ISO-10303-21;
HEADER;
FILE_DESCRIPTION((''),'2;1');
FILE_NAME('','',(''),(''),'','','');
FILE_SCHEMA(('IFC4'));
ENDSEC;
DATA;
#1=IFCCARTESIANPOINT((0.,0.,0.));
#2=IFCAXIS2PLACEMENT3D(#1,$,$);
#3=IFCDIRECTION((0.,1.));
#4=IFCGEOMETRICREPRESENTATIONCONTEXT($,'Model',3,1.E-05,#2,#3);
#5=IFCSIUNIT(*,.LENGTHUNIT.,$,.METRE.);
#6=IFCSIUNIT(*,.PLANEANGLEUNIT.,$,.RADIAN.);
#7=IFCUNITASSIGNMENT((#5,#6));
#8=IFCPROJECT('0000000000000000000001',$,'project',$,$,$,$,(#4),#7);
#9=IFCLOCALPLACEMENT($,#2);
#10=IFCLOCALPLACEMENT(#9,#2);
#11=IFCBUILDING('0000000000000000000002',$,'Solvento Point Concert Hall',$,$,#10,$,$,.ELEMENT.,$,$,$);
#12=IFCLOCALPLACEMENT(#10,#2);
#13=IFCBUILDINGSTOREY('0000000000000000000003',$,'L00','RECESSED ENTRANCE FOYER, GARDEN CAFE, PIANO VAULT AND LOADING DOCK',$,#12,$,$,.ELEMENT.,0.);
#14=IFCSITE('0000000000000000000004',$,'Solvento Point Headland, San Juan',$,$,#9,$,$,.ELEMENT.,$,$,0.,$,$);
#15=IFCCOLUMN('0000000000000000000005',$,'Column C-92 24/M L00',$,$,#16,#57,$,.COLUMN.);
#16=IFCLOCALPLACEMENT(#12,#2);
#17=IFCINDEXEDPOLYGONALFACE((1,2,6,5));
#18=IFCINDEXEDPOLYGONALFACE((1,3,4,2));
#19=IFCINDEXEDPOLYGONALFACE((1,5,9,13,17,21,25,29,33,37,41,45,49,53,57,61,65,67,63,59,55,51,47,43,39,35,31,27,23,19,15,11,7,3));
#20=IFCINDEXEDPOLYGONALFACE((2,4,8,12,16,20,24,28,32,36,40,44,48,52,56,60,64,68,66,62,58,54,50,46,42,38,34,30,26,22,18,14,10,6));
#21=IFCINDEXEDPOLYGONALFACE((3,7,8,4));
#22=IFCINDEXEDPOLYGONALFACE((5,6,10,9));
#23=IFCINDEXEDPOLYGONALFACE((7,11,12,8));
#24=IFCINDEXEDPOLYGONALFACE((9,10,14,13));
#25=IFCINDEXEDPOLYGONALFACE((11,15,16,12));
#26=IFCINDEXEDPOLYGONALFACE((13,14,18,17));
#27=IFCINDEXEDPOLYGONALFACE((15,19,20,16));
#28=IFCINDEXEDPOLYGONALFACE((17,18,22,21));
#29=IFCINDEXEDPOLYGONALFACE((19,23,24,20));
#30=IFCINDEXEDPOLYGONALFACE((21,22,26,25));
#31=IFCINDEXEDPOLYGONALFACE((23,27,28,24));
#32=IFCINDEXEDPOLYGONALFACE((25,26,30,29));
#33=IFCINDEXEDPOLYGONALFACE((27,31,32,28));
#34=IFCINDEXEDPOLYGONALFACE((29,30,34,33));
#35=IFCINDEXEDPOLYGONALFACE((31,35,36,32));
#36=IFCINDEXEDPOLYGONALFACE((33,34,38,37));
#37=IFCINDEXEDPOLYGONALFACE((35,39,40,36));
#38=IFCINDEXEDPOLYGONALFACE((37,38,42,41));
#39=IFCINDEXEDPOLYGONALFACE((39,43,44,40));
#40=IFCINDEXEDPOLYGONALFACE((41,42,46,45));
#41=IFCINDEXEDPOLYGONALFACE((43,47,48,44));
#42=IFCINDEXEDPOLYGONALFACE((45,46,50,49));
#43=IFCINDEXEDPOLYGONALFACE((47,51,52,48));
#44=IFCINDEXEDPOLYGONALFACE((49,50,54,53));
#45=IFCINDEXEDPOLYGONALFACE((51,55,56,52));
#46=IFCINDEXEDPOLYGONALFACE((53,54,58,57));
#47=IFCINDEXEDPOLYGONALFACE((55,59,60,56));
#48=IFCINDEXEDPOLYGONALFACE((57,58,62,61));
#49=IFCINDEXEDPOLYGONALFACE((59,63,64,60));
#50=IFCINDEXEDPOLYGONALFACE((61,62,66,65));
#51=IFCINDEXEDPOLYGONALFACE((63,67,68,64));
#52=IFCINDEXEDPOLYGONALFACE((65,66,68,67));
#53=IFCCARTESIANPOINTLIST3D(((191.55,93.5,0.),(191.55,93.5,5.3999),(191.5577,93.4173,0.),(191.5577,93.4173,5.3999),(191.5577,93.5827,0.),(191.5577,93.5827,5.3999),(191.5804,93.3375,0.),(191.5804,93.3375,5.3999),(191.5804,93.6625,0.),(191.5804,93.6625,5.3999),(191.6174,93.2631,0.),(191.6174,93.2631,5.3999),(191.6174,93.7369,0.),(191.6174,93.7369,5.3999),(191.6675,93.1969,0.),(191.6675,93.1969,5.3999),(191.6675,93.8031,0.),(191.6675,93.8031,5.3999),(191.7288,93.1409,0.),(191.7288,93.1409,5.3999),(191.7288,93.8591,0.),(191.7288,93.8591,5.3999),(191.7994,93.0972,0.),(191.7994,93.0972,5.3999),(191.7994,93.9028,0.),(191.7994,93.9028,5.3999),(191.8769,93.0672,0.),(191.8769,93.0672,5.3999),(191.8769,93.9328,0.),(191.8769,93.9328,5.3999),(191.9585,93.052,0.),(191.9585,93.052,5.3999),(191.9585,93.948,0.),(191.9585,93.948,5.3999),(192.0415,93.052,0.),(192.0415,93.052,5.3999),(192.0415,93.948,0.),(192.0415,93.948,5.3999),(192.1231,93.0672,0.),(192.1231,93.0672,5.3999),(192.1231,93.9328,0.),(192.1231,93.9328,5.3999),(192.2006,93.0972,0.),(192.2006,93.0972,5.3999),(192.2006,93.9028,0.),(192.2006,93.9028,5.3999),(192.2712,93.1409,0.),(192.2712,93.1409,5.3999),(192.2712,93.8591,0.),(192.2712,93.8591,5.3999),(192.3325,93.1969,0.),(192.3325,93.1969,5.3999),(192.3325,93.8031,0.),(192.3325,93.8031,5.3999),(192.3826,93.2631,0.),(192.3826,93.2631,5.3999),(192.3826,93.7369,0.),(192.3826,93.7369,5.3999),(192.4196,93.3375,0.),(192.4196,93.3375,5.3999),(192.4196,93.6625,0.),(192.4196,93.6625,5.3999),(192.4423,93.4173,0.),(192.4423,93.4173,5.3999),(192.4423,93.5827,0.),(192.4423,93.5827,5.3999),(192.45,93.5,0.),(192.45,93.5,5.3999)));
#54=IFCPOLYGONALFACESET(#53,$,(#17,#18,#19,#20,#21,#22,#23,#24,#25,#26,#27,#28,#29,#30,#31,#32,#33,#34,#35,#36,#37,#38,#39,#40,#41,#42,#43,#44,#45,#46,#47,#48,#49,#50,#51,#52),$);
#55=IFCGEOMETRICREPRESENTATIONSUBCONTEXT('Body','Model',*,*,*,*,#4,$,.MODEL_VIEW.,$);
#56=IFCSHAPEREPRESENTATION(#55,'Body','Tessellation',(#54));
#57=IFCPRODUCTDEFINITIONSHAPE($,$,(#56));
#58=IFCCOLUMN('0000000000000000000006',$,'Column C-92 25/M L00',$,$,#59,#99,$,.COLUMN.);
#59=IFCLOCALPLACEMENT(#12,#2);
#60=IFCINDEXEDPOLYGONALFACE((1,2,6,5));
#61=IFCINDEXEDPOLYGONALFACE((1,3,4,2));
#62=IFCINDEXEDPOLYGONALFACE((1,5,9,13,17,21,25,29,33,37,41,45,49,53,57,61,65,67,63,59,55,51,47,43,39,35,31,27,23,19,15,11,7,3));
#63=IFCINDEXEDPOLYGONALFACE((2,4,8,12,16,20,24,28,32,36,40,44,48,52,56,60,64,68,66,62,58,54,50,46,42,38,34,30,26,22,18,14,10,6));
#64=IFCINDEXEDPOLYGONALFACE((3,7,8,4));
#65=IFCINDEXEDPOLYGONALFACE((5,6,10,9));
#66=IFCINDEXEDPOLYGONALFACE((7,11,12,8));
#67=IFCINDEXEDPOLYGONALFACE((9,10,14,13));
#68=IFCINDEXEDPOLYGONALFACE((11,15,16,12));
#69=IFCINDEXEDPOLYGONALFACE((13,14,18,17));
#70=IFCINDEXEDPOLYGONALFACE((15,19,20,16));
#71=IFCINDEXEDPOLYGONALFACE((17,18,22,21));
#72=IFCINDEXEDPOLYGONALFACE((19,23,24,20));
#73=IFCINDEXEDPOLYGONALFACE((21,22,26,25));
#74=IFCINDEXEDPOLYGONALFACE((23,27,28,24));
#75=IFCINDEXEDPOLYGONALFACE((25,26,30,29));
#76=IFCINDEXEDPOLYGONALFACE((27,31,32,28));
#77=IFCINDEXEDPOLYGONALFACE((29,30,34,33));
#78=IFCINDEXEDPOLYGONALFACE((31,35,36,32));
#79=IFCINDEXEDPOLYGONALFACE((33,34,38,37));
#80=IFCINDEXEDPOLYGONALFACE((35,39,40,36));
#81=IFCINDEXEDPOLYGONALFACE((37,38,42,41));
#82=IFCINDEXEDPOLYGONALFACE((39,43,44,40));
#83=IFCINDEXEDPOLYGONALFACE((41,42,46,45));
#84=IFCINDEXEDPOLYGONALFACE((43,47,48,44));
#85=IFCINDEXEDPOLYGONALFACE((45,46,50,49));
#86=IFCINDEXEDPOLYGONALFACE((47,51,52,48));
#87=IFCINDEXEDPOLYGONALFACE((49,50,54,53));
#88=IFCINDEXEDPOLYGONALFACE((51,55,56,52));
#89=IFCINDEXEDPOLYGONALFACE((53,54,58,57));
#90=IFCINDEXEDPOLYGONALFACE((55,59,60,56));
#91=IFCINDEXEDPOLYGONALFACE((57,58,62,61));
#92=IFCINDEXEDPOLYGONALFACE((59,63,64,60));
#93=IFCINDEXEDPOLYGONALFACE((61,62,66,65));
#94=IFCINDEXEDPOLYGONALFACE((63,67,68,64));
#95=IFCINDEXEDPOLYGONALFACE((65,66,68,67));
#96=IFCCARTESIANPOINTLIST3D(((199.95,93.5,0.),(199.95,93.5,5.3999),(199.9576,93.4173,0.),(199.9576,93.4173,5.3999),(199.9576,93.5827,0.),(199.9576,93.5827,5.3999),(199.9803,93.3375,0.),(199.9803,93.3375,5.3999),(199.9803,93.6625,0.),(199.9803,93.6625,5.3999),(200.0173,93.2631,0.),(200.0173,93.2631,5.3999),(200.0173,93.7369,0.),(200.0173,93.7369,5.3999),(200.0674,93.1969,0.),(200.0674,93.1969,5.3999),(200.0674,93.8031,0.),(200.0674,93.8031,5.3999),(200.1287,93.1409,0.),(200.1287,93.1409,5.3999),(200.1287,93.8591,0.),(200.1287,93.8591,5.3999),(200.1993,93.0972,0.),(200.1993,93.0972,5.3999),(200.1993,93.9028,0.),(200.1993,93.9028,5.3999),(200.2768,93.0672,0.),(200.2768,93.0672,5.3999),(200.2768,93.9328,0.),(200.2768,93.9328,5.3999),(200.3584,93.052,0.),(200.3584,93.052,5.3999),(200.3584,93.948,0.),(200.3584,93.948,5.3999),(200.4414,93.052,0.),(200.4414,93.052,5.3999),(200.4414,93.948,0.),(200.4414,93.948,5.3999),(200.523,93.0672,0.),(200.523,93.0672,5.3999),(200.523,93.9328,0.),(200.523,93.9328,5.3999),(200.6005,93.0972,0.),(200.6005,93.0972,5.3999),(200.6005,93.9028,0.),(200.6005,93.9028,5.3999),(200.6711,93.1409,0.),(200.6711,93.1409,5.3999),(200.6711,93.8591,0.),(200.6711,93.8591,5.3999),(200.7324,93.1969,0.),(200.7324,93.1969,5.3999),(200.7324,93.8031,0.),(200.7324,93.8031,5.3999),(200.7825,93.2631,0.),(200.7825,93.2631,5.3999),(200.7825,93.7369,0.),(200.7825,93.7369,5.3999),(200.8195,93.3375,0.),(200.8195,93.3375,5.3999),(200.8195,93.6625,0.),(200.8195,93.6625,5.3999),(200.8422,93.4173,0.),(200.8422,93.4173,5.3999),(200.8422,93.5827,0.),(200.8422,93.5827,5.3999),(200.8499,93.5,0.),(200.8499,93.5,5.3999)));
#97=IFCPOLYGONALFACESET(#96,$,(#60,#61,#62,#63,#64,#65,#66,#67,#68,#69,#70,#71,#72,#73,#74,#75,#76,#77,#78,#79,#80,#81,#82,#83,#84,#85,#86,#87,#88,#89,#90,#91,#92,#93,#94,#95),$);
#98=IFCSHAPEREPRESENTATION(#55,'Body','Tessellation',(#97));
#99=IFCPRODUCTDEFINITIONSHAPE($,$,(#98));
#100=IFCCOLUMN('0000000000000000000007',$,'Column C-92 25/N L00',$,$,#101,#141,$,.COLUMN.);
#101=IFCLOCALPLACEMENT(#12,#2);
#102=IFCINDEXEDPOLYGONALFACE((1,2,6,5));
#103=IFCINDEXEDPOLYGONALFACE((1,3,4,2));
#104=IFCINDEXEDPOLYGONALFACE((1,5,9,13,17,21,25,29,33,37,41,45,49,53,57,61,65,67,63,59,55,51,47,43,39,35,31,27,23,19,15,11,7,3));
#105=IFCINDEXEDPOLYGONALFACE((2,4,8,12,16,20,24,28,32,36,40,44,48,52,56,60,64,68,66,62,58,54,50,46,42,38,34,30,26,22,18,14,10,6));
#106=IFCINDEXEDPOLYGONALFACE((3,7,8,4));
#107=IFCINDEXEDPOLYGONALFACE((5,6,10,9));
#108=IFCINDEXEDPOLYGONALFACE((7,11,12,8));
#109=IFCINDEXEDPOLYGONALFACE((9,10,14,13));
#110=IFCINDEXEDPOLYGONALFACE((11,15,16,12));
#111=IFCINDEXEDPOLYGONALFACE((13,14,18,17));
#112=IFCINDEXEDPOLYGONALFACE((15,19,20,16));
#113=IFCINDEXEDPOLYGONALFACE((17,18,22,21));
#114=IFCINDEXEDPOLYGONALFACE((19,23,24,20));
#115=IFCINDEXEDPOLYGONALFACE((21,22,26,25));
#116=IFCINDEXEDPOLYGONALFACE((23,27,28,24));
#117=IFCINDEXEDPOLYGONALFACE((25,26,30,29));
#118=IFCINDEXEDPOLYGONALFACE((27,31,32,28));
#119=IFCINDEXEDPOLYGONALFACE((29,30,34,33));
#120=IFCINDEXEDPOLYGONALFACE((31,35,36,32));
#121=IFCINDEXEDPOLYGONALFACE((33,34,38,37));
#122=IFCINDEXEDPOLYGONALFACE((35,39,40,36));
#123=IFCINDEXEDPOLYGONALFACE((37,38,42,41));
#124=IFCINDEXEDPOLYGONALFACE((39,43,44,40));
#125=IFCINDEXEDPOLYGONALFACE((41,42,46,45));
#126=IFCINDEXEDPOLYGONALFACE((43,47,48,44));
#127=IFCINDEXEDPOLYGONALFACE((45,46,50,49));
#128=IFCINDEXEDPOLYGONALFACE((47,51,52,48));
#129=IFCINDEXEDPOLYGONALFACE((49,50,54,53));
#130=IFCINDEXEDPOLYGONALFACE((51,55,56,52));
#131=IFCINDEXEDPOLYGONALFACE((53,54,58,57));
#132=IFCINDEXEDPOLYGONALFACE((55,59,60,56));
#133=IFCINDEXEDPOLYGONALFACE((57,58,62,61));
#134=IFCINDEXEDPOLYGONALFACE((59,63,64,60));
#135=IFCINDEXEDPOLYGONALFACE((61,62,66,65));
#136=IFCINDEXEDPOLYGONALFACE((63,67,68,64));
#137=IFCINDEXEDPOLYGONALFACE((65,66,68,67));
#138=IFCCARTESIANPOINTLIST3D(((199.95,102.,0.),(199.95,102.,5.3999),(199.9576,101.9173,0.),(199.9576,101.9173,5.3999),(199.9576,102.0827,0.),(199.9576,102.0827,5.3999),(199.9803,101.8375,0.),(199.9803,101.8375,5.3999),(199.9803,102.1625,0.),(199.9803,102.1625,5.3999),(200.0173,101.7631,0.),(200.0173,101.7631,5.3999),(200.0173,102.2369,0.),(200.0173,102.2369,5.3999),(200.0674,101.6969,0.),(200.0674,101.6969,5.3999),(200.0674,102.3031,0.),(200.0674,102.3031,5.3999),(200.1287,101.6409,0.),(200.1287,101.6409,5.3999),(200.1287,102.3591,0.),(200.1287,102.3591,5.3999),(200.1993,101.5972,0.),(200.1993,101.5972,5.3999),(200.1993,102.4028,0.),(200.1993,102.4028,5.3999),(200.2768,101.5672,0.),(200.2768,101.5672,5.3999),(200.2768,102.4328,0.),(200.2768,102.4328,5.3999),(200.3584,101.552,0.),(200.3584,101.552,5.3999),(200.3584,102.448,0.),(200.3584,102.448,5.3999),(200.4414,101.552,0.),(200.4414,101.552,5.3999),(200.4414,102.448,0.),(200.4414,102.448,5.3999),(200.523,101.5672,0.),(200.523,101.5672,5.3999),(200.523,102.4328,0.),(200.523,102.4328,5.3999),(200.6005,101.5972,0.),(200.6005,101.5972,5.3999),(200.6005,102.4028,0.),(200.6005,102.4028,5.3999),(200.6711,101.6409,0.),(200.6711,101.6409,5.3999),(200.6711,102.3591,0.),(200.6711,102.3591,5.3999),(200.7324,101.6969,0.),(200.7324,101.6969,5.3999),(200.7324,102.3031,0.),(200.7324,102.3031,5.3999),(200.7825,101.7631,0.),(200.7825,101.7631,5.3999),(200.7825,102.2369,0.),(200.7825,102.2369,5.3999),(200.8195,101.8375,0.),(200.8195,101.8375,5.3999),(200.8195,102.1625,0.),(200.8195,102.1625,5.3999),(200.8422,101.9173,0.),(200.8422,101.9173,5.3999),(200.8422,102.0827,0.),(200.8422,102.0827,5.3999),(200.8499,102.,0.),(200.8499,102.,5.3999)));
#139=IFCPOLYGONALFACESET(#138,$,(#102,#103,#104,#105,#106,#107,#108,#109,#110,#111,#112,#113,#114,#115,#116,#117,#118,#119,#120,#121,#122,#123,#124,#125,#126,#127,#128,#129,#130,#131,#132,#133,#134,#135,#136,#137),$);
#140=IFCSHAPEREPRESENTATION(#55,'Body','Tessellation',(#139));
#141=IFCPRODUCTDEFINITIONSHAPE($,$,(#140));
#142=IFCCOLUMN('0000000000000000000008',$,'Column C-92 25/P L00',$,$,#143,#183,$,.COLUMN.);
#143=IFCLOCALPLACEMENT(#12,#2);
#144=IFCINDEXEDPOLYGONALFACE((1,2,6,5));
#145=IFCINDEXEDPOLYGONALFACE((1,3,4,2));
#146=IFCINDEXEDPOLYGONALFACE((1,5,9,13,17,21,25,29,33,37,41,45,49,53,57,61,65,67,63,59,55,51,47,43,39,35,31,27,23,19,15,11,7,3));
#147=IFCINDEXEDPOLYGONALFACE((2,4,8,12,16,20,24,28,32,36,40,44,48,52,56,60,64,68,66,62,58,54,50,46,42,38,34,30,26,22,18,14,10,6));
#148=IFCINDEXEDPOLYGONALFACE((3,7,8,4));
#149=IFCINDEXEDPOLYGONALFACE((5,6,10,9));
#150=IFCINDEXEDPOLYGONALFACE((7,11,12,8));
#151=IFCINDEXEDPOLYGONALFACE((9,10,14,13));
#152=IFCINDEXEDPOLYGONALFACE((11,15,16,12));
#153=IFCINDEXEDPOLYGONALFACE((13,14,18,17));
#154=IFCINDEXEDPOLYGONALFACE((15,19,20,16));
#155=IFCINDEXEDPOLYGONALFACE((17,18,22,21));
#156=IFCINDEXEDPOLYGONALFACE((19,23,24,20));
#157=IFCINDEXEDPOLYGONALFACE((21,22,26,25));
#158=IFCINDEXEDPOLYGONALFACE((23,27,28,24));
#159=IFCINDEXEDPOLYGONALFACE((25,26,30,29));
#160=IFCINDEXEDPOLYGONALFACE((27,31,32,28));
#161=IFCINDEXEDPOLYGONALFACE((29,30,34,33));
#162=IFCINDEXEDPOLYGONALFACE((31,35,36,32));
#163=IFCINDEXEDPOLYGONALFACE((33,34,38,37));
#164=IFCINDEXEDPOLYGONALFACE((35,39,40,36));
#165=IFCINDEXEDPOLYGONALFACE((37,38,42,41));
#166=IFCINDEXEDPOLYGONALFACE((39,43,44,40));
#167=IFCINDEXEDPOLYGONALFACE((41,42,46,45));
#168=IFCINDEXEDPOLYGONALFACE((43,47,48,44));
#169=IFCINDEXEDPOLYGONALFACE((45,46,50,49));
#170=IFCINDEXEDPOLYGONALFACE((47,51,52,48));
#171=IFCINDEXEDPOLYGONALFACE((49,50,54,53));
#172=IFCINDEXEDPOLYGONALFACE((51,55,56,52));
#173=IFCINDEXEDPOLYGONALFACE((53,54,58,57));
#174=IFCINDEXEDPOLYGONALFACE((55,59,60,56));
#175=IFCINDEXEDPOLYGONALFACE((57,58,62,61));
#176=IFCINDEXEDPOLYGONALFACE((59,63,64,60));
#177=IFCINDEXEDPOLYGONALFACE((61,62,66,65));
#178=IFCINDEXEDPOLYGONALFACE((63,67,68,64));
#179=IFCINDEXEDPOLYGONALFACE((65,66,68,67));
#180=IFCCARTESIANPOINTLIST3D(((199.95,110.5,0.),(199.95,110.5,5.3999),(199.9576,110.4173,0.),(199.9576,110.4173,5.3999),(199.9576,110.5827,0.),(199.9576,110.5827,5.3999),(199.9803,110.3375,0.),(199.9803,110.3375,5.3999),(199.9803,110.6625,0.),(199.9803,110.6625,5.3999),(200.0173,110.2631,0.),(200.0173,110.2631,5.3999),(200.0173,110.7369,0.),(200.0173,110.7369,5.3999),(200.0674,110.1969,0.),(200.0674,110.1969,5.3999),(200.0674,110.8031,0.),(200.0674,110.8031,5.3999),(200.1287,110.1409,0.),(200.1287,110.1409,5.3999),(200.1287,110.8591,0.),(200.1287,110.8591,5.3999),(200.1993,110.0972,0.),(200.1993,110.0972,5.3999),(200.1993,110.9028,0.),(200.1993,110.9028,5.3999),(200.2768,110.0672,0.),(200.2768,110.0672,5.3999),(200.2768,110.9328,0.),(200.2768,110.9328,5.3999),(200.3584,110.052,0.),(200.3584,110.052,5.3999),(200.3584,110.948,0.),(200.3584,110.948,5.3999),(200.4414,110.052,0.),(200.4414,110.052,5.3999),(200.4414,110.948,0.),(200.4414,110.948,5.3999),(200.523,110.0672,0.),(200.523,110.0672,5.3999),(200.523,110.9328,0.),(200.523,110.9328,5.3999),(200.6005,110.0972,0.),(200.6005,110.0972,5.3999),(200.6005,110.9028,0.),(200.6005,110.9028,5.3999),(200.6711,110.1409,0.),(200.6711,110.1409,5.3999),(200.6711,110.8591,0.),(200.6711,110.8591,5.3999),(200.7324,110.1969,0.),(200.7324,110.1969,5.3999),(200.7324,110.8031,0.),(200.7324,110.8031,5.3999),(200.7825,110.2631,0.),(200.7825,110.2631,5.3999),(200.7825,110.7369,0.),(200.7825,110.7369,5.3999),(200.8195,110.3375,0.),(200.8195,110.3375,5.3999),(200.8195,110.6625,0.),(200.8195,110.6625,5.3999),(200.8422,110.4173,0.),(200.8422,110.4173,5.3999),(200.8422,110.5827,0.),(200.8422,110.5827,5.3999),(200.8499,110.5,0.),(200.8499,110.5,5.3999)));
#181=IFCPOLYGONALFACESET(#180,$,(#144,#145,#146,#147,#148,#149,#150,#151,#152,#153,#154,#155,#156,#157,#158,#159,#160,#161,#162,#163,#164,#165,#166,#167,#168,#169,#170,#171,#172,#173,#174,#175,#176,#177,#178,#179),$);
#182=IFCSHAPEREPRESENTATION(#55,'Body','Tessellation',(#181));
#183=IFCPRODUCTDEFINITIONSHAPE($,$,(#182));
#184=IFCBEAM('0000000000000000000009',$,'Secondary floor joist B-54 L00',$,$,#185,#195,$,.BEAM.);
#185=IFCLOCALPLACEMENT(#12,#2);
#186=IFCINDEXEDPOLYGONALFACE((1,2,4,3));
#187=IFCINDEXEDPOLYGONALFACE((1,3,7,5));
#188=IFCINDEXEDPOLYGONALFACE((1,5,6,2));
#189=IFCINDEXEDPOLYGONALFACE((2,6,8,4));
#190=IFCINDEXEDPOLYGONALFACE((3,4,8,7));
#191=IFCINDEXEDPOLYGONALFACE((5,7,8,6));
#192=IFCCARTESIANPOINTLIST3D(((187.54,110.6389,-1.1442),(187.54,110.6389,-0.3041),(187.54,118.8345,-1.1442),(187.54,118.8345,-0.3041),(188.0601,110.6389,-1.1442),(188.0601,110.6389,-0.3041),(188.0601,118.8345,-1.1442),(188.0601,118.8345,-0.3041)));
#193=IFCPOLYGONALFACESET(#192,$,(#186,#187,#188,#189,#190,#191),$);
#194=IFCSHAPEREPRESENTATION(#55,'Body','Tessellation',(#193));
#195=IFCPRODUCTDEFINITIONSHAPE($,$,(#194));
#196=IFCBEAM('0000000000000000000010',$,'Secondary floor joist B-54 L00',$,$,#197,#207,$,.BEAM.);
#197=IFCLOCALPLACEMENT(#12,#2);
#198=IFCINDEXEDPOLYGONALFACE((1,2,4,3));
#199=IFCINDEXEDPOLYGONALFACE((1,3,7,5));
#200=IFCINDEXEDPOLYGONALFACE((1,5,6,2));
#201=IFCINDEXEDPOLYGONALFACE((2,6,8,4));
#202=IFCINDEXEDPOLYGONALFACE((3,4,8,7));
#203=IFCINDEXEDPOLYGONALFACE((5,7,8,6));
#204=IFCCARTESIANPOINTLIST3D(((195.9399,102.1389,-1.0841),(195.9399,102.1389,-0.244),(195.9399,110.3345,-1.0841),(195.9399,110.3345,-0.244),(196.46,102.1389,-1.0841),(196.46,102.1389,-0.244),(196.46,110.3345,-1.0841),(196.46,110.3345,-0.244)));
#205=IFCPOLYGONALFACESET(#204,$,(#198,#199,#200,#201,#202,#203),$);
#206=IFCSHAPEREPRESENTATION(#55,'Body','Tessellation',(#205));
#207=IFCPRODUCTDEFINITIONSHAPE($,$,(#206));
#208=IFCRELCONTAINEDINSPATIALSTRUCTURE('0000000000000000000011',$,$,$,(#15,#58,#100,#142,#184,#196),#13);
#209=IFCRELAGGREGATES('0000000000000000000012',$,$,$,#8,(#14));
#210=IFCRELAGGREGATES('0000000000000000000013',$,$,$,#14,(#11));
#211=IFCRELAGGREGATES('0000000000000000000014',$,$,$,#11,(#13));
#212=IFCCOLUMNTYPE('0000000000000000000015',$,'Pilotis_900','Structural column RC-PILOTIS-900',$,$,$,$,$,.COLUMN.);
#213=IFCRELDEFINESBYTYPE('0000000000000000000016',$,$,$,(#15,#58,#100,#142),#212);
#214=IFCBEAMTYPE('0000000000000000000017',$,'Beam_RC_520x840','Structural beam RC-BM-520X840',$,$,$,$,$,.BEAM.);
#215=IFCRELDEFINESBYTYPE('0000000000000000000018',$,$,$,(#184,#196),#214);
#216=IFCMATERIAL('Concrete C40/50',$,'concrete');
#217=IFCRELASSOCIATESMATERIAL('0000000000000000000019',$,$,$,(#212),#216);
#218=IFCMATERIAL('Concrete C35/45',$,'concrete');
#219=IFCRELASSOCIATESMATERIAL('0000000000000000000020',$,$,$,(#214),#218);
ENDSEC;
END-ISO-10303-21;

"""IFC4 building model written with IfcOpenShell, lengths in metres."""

from ifc_helpers import new_model, si_unit, direction, frame, origin, origin_2d, place, context, subcontext, project, spatial, rectangle, circle, extrude, material, material_profile, profile_set, type_object, element, save


model = new_model("IFC4")

# Units and contexts
model_context = context("Model", 3, precision=1e-05, world=origin(), true_north=direction((0.0, 1.0)))
body_context = subcontext(model_context, "Body", "Model", "MODEL_VIEW")
ifc_project = project(units=[si_unit("LENGTHUNIT", "METRE"), si_unit("PLANEANGLEUNIT", "RADIAN")], contexts=[model_context])

# Site, building, storey
site_placement = place(None, origin())
site = spatial("IfcSite", under=ifc_project, at=site_placement, Name="Solvento Point Headland, San Juan", CompositionType="ELEMENT", RefElevation=0.0)
building_placement = place(site_placement, origin())
building = spatial("IfcBuilding", under=site, at=building_placement, Name="Solvento Point Concert Hall", CompositionType="ELEMENT")
storey_placement = place(building_placement, origin())
storey = spatial("IfcBuildingStorey", under=building, at=storey_placement, Name="L00", Description="RECESSED ENTRANCE FOYER, GARDEN CAFE, PIANO VAULT AND LOADING DOCK", CompositionType="ELEMENT", Elevation=0.0)

# Columns
ifc_material_1 = material(Name="Concrete C40/50", Category="concrete")
ifc_material_profile_1 = material_profile(ifc_material_1, circle(Radius=0.45, at=origin_2d()), Name="RC-PILOTIS-900")
ifc_profile_set_1 = profile_set([ifc_material_profile_1], Name="Concrete C40/50")
column_type = type_object("IfcColumnType", Name="Pilotis_900", Description="Structural column RC-PILOTIS-900", PredefinedType="COLUMN", material=ifc_profile_set_1)
for number, where, z_axis, x_axis, name in (
    (1, (192.0, 93.5, 0.0), (0.0, 0.0, 1.0), (1.0, 0.0, 0.0), "Column C-92 24/M L00"),
    (2, (200.3999, 93.5, 0.0), (0.0, 0.0, 1.0), (1.0, 0.0, 0.0), "Column C-92 25/M L00"),
    (3, (200.3999, 102.0, 0.0), (0.0, 0.0, 1.0), (1.0, 0.0, 0.0), "Column C-92 25/N L00"),
    (4, (200.3999, 110.5, 0.0), (0.0, 0.0, 1.0), (1.0, 0.0, 0.0), "Column C-92 25/P L00"),
):
    element("IfcColumn", number, at=place(storey_placement, frame(where, z_axis=z_axis, x_axis=x_axis)), inside=storey, type_object=column_type, Name=name, PredefinedType="COLUMN", context=body_context, shape_type="SweptSolid", body=[
        extrude(circle(Radius=0.45, at=origin_2d()), origin(), (0.0, 0.0, 1.0), 5.3999),
    ])

# Beams
ifc_material_2 = material(Name="Concrete C35/45", Category="concrete")
ifc_material_profile_2 = material_profile(ifc_material_2, rectangle(XDim=0.52, YDim=0.8401, at=origin_2d()), Name="RC-BM-520X840")
ifc_profile_set_2 = profile_set([ifc_material_profile_2], Name="Concrete C35/45")
beam_type_1 = type_object("IfcBeamType", Name="Beam_RC_520x840", Description="Structural beam RC-BM-520X840", PredefinedType="BEAM", material=ifc_profile_set_2)
for number, where, z_axis, x_axis, name in (
    (5, (187.8, 110.6389, -0.7241), (0.0, 1.0, 0.0), (-1.0, 0.0, 0.0), "Secondary floor joist B-54 L00"),
    (6, (196.2, 102.1389, -0.6641), (0.0, 1.0, 0.0), (-1.0, 0.0, 0.0), "Secondary floor joist B-54 L00"),
):
    element("IfcBeam", number, at=place(storey_placement, frame(where, z_axis=z_axis, x_axis=x_axis)), inside=storey, type_object=beam_type_1, Name=name, PredefinedType="BEAM", context=body_context, shape_type="SweptSolid", body=[
        extrude(rectangle(XDim=0.52, YDim=0.8401, at=origin_2d()), origin(), (0.0, 0.0, 1.0), 8.1956),
    ])

save(model, "model.ifc")
